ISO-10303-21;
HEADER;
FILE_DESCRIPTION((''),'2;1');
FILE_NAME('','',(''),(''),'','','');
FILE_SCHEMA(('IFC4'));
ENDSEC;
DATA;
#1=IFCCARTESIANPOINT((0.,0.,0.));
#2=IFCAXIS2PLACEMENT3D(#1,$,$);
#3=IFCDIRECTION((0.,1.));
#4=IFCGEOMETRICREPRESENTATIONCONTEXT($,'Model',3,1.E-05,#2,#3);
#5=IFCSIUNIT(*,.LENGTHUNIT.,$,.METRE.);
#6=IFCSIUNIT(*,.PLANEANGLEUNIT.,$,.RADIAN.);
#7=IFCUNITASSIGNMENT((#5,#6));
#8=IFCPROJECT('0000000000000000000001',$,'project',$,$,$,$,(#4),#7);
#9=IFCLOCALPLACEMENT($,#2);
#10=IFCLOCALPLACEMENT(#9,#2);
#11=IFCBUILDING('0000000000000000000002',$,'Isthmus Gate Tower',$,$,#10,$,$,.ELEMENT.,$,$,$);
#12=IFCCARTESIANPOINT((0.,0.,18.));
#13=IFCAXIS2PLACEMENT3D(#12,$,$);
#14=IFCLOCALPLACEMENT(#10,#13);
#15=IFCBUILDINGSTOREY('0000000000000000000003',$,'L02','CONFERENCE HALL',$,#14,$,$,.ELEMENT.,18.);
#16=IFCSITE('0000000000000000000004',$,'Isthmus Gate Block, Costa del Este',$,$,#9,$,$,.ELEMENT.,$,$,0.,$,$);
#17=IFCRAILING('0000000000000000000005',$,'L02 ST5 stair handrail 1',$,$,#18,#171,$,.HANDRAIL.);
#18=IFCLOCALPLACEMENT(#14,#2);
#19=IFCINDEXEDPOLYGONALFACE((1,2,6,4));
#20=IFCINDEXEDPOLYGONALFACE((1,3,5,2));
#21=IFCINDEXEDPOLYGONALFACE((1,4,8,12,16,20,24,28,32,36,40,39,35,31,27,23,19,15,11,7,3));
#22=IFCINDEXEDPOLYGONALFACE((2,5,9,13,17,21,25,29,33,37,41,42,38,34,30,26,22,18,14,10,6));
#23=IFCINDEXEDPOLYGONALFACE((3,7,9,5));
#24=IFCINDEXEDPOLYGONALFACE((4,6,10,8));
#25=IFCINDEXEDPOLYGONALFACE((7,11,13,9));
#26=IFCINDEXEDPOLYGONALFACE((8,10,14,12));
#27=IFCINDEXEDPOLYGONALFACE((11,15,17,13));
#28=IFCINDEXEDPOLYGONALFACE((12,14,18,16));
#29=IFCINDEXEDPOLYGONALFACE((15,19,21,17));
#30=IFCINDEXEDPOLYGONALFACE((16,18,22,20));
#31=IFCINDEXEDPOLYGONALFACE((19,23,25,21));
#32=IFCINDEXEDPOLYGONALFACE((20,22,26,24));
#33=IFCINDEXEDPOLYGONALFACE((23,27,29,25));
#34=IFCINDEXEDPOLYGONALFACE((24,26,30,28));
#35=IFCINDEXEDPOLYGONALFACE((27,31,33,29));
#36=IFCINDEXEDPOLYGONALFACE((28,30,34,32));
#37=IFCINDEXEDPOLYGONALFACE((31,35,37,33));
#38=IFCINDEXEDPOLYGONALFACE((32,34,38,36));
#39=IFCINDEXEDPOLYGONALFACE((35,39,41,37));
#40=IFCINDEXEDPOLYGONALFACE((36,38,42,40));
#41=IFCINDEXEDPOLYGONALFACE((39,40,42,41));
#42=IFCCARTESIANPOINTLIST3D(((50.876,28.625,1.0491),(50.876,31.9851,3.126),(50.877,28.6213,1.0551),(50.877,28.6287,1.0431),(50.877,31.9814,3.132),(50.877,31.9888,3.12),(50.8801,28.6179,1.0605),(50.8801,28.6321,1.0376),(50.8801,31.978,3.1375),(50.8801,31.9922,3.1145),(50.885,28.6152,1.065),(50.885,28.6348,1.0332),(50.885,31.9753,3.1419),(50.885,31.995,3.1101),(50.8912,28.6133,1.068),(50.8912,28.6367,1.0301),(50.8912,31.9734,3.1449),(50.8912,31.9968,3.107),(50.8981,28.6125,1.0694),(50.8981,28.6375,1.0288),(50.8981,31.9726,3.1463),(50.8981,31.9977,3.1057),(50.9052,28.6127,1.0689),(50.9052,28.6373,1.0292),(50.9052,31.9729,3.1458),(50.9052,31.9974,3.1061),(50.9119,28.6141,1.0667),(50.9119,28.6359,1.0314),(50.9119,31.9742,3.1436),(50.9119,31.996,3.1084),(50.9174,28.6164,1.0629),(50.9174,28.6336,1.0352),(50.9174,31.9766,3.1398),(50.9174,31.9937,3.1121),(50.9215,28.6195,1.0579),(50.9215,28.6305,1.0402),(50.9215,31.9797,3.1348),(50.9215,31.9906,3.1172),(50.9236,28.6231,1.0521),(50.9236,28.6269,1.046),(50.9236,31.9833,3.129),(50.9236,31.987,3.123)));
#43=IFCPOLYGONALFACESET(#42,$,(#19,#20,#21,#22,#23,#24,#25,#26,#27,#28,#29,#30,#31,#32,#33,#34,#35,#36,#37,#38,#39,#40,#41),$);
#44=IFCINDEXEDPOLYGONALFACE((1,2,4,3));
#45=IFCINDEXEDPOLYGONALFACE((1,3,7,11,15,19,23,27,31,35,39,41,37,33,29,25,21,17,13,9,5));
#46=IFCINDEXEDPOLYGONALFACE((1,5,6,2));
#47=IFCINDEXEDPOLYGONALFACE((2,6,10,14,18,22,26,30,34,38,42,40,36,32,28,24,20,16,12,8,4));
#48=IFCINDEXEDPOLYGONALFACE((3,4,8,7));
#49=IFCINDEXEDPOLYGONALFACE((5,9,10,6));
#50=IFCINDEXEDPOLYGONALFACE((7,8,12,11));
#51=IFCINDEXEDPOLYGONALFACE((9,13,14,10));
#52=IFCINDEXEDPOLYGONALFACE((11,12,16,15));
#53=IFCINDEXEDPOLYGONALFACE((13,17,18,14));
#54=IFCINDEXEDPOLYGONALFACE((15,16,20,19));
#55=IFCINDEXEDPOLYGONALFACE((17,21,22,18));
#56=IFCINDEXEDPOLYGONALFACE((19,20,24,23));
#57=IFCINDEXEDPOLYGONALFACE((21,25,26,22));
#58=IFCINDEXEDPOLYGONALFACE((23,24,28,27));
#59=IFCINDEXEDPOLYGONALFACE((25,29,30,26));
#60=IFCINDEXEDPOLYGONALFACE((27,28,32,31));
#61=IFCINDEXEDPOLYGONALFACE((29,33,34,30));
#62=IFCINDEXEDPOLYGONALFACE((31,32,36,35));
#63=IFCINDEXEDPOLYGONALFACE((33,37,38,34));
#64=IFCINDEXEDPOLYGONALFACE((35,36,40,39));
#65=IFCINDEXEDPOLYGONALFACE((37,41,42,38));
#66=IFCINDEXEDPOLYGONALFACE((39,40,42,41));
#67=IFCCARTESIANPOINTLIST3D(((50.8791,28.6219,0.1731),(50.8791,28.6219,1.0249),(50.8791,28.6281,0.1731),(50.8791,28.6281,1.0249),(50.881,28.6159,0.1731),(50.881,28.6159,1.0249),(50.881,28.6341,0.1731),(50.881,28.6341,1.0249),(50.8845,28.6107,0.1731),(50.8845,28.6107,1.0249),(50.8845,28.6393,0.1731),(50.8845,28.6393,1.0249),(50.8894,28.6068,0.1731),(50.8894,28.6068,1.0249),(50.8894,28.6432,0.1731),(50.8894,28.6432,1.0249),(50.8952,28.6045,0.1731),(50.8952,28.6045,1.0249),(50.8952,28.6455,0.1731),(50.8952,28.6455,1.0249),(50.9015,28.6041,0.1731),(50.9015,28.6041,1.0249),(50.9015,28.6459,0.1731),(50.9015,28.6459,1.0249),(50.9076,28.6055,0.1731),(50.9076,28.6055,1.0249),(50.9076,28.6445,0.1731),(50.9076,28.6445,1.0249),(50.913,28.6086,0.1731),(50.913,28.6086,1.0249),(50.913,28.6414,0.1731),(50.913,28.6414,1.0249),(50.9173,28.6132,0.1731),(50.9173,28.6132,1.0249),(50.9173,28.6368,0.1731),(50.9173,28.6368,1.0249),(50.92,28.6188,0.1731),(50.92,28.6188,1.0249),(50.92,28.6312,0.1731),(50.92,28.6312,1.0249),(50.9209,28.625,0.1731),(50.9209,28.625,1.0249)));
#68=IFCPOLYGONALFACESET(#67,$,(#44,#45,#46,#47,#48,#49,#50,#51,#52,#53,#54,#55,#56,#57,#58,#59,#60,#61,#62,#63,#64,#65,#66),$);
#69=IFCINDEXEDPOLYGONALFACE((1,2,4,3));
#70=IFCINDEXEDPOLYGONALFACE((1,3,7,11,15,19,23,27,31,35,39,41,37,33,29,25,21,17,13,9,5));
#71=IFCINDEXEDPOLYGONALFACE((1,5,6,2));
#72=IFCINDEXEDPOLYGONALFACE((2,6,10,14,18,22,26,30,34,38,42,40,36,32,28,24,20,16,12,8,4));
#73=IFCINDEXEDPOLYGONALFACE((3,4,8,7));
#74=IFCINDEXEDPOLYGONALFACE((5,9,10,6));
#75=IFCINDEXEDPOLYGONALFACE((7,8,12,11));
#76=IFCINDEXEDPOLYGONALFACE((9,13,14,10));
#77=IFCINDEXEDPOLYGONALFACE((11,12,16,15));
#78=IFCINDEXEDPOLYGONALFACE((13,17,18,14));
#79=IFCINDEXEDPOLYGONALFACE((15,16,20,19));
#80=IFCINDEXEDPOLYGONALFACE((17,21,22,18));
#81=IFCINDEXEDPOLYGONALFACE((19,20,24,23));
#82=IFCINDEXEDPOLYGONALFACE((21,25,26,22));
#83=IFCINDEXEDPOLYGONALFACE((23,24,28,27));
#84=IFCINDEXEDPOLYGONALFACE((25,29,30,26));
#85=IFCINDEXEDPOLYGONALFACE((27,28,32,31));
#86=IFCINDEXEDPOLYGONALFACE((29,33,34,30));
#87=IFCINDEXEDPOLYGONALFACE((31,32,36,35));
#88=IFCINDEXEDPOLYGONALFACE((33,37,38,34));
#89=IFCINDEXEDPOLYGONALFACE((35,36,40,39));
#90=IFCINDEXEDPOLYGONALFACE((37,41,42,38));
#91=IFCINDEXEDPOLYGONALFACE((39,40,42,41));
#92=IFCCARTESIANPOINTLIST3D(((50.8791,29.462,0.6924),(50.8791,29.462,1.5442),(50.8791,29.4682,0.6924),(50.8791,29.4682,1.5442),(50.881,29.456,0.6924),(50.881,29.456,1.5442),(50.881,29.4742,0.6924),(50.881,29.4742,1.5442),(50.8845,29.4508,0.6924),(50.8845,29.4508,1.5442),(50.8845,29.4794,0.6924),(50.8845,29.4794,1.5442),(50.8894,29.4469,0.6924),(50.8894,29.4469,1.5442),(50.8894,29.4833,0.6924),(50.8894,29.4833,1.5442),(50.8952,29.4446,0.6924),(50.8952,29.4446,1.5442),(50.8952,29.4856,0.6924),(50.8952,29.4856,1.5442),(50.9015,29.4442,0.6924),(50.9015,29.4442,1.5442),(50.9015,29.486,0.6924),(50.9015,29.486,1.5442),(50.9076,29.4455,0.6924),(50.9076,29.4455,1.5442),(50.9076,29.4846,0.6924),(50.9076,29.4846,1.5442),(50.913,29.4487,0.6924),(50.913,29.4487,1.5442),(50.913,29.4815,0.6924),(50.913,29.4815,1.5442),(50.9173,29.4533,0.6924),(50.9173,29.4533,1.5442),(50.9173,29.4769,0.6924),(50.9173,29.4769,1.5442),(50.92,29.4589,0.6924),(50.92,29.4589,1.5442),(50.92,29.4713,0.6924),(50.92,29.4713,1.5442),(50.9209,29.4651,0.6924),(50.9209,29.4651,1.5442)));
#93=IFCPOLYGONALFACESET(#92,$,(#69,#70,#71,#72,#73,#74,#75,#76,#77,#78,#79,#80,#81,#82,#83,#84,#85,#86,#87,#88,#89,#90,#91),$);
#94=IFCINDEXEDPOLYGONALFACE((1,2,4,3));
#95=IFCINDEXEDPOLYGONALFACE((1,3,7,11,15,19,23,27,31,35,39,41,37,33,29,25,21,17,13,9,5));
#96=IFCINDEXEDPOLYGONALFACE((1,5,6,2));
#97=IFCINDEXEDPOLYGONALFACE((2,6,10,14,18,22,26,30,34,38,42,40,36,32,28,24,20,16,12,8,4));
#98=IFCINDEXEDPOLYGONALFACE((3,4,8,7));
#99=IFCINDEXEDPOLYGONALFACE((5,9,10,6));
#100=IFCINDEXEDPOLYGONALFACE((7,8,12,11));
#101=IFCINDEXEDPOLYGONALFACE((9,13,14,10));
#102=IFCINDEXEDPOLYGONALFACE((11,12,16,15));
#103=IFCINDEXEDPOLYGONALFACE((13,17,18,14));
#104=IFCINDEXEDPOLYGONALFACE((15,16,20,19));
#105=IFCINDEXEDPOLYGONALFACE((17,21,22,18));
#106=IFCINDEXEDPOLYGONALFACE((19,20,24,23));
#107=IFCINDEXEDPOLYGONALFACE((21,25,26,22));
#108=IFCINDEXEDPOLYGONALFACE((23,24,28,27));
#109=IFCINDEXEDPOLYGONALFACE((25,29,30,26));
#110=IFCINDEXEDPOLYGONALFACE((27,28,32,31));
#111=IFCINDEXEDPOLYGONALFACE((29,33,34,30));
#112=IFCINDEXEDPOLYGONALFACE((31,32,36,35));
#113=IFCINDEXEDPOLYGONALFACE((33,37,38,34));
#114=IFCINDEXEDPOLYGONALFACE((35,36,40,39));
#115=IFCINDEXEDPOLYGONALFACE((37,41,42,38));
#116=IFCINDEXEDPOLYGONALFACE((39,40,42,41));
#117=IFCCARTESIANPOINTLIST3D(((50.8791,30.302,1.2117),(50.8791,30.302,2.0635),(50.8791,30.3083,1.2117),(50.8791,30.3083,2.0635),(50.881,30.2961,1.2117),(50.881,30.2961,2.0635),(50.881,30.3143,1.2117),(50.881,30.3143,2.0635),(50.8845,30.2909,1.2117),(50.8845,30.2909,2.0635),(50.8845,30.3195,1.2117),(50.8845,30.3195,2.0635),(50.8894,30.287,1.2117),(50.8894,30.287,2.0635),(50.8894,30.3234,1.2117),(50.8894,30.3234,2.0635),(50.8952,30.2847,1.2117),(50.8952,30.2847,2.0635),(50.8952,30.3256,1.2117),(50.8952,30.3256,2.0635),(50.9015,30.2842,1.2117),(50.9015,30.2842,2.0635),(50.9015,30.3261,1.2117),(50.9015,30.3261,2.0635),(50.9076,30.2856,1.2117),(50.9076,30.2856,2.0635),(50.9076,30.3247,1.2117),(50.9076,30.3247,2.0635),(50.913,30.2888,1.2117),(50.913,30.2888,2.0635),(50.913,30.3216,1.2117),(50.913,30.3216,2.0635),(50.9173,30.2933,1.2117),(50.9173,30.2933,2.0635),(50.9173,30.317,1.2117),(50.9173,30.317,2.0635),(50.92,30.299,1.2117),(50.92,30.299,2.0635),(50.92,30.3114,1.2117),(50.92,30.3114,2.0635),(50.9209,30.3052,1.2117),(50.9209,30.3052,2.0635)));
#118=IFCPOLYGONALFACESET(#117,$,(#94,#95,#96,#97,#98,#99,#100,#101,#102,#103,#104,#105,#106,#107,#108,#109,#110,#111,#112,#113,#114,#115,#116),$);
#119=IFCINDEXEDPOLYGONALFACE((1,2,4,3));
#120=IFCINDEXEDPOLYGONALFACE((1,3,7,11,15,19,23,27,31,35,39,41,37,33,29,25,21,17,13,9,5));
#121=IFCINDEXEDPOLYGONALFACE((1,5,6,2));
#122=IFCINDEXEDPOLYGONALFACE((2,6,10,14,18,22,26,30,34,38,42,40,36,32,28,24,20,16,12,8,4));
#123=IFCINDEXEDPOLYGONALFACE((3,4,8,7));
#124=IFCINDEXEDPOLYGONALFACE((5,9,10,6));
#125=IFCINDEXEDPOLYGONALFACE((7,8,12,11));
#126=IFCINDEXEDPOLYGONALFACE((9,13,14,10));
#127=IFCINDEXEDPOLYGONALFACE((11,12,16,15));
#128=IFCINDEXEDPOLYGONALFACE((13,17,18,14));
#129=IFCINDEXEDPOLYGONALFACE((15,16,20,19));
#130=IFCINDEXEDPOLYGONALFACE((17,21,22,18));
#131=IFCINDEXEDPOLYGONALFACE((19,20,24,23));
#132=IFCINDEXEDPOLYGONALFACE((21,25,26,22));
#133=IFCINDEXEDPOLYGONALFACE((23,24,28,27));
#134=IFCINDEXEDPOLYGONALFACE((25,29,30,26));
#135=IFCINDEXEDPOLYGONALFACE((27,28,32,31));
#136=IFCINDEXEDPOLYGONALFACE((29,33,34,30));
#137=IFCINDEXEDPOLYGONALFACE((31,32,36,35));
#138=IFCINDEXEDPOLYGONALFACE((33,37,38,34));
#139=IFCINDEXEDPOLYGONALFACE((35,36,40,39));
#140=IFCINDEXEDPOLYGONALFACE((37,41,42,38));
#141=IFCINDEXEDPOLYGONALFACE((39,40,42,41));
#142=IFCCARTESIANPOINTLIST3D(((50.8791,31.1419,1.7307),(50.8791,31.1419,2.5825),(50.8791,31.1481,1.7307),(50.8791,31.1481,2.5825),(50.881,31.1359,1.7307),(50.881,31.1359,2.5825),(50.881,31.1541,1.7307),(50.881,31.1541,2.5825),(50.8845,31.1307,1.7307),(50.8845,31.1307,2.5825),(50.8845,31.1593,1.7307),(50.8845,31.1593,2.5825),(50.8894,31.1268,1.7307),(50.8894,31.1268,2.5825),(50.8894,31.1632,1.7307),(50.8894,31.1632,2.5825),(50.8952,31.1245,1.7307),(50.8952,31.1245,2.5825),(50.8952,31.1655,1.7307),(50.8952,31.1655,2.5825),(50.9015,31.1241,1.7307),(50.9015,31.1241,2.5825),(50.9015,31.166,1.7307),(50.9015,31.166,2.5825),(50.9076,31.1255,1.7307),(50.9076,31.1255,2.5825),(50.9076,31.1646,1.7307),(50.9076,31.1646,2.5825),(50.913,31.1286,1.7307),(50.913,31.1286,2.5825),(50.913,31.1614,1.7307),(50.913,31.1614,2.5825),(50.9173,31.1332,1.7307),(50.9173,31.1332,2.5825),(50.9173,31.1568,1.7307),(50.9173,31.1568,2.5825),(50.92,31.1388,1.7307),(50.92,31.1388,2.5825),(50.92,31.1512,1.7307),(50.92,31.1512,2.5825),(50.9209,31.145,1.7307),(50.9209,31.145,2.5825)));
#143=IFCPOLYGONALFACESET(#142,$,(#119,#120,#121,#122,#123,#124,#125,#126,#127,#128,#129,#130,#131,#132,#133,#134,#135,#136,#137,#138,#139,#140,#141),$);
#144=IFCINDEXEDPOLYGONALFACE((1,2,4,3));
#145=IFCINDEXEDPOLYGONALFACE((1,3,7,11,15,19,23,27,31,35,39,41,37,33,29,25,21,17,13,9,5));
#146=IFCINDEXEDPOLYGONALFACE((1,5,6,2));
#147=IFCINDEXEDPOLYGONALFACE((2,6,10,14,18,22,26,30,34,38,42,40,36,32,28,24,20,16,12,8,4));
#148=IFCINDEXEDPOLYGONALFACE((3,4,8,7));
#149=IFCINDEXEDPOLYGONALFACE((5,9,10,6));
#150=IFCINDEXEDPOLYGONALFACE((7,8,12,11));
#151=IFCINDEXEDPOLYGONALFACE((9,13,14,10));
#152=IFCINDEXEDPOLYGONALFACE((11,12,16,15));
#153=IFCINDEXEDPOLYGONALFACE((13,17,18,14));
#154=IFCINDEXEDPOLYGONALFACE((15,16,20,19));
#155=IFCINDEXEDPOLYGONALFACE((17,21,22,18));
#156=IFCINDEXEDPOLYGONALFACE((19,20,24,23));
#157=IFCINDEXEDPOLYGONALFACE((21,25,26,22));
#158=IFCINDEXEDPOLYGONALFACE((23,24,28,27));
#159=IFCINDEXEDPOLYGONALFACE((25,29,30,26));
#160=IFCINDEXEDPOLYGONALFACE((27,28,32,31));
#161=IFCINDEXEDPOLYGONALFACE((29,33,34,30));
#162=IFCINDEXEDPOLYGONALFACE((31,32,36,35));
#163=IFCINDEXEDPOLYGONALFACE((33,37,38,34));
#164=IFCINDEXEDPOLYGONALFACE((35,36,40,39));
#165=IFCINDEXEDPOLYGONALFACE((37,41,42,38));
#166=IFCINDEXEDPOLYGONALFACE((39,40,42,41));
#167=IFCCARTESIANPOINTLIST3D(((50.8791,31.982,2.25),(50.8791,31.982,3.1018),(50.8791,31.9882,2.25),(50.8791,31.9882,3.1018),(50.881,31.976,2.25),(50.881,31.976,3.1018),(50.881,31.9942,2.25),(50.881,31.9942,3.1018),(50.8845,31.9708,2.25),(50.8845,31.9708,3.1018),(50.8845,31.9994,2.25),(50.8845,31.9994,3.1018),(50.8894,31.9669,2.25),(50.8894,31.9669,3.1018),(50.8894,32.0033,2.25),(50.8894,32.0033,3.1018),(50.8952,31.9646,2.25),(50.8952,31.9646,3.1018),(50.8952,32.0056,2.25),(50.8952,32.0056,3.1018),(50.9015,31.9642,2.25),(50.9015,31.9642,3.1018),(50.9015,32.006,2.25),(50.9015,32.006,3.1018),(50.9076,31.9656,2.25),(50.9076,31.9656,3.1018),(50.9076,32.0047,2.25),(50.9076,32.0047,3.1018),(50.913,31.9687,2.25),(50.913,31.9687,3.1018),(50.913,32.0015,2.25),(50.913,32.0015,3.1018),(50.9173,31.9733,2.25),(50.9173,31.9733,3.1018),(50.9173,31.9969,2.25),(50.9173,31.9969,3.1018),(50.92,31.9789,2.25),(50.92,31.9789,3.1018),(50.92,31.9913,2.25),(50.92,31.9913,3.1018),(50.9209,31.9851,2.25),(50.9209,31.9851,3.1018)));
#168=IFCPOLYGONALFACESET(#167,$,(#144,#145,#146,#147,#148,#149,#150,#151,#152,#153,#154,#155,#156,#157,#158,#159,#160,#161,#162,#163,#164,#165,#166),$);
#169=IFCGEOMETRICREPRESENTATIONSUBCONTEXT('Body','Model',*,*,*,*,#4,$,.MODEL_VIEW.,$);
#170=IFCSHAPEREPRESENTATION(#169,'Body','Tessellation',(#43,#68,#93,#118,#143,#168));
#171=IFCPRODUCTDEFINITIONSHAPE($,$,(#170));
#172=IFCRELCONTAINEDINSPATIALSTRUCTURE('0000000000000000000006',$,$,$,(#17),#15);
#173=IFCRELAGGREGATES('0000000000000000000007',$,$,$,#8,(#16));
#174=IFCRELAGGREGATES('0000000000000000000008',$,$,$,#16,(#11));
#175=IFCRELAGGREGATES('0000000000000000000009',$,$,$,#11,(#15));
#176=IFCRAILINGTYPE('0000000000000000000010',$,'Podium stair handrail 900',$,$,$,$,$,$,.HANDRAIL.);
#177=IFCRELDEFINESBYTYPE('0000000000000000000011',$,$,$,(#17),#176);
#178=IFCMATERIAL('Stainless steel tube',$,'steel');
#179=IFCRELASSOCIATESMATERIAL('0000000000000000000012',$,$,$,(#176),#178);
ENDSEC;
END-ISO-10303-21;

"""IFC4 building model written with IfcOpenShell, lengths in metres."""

from ifc_helpers import new_model, si_unit, direction, frame, origin, origin_2d, place, context, subcontext, project, spatial, circle, extrude, material, type_object, element, save


model = new_model("IFC4")

# Units and contexts
model_context = context("Model", 3, precision=1e-05, world=origin(), true_north=direction((0.0, 1.0)))
body_context = subcontext(model_context, "Body", "Model", "MODEL_VIEW")
ifc_project = project(units=[si_unit("LENGTHUNIT", "METRE"), si_unit("PLANEANGLEUNIT", "RADIAN")], contexts=[model_context])

# Site, building, storey
site_placement = place(None, origin())
site = spatial("IfcSite", under=ifc_project, at=site_placement, Name="Isthmus Gate Block, Costa del Este", CompositionType="ELEMENT", RefElevation=0.0)
building_placement = place(site_placement, origin())
building = spatial("IfcBuilding", under=site, at=building_placement, Name="Isthmus Gate Tower", CompositionType="ELEMENT")
storey_placement = place(building_placement, frame((0.0, 0.0, 18.0)))
storey = spatial("IfcBuildingStorey", under=building, at=storey_placement, Name="L02", Description="CONFERENCE HALL", CompositionType="ELEMENT", Elevation=18.0)

# Railing
ifc_material_1 = material(Name="Stainless steel tube", Category="steel")
railing_type_1 = type_object("IfcRailingType", Name="Podium stair handrail 900", PredefinedType="HANDRAIL", material=ifc_material_1)
railing_1_placement = place(storey_placement, frame((50.8999, 28.625, 0.1731)))
element("IfcRailing", 1, at=railing_1_placement, inside=storey, type_object=railing_type_1, Name="L02 ST5 stair handrail 1", PredefinedType="HANDRAIL", context=body_context, shape_type="SweptSolid", body=[
    extrude(circle(Radius=0.0239, at=origin_2d()), frame((0.0, 0.0, 0.876), z_axis=(0.0, 0.850623, 0.525776), x_axis=(-1.0, 0.0, 0.0)), (0.0, 0.0, 1.0), 3.9502),
    extrude(circle(Radius=0.021, at=origin_2d()), origin(), (0.0, 0.0, 1.0), 0.8518),
    extrude(circle(Radius=0.021, at=origin_2d()), frame((0.0, 0.8401, 0.5193)), (0.0, 0.0, 1.0), 0.8518),
    extrude(circle(Radius=0.021, at=origin_2d()), frame((0.0, 1.6802, 1.0386)), (0.0, 0.0, 1.0), 0.8518),
    extrude(circle(Radius=0.021, at=origin_2d()), frame((0.0, 2.52, 1.5576)), (0.0, 0.0, 1.0), 0.8518),
    extrude(circle(Radius=0.021, at=origin_2d()), frame((0.0, 3.3601, 2.0769)), (0.0, 0.0, 1.0), 0.8518),
])

save(model, "model.ifc")
